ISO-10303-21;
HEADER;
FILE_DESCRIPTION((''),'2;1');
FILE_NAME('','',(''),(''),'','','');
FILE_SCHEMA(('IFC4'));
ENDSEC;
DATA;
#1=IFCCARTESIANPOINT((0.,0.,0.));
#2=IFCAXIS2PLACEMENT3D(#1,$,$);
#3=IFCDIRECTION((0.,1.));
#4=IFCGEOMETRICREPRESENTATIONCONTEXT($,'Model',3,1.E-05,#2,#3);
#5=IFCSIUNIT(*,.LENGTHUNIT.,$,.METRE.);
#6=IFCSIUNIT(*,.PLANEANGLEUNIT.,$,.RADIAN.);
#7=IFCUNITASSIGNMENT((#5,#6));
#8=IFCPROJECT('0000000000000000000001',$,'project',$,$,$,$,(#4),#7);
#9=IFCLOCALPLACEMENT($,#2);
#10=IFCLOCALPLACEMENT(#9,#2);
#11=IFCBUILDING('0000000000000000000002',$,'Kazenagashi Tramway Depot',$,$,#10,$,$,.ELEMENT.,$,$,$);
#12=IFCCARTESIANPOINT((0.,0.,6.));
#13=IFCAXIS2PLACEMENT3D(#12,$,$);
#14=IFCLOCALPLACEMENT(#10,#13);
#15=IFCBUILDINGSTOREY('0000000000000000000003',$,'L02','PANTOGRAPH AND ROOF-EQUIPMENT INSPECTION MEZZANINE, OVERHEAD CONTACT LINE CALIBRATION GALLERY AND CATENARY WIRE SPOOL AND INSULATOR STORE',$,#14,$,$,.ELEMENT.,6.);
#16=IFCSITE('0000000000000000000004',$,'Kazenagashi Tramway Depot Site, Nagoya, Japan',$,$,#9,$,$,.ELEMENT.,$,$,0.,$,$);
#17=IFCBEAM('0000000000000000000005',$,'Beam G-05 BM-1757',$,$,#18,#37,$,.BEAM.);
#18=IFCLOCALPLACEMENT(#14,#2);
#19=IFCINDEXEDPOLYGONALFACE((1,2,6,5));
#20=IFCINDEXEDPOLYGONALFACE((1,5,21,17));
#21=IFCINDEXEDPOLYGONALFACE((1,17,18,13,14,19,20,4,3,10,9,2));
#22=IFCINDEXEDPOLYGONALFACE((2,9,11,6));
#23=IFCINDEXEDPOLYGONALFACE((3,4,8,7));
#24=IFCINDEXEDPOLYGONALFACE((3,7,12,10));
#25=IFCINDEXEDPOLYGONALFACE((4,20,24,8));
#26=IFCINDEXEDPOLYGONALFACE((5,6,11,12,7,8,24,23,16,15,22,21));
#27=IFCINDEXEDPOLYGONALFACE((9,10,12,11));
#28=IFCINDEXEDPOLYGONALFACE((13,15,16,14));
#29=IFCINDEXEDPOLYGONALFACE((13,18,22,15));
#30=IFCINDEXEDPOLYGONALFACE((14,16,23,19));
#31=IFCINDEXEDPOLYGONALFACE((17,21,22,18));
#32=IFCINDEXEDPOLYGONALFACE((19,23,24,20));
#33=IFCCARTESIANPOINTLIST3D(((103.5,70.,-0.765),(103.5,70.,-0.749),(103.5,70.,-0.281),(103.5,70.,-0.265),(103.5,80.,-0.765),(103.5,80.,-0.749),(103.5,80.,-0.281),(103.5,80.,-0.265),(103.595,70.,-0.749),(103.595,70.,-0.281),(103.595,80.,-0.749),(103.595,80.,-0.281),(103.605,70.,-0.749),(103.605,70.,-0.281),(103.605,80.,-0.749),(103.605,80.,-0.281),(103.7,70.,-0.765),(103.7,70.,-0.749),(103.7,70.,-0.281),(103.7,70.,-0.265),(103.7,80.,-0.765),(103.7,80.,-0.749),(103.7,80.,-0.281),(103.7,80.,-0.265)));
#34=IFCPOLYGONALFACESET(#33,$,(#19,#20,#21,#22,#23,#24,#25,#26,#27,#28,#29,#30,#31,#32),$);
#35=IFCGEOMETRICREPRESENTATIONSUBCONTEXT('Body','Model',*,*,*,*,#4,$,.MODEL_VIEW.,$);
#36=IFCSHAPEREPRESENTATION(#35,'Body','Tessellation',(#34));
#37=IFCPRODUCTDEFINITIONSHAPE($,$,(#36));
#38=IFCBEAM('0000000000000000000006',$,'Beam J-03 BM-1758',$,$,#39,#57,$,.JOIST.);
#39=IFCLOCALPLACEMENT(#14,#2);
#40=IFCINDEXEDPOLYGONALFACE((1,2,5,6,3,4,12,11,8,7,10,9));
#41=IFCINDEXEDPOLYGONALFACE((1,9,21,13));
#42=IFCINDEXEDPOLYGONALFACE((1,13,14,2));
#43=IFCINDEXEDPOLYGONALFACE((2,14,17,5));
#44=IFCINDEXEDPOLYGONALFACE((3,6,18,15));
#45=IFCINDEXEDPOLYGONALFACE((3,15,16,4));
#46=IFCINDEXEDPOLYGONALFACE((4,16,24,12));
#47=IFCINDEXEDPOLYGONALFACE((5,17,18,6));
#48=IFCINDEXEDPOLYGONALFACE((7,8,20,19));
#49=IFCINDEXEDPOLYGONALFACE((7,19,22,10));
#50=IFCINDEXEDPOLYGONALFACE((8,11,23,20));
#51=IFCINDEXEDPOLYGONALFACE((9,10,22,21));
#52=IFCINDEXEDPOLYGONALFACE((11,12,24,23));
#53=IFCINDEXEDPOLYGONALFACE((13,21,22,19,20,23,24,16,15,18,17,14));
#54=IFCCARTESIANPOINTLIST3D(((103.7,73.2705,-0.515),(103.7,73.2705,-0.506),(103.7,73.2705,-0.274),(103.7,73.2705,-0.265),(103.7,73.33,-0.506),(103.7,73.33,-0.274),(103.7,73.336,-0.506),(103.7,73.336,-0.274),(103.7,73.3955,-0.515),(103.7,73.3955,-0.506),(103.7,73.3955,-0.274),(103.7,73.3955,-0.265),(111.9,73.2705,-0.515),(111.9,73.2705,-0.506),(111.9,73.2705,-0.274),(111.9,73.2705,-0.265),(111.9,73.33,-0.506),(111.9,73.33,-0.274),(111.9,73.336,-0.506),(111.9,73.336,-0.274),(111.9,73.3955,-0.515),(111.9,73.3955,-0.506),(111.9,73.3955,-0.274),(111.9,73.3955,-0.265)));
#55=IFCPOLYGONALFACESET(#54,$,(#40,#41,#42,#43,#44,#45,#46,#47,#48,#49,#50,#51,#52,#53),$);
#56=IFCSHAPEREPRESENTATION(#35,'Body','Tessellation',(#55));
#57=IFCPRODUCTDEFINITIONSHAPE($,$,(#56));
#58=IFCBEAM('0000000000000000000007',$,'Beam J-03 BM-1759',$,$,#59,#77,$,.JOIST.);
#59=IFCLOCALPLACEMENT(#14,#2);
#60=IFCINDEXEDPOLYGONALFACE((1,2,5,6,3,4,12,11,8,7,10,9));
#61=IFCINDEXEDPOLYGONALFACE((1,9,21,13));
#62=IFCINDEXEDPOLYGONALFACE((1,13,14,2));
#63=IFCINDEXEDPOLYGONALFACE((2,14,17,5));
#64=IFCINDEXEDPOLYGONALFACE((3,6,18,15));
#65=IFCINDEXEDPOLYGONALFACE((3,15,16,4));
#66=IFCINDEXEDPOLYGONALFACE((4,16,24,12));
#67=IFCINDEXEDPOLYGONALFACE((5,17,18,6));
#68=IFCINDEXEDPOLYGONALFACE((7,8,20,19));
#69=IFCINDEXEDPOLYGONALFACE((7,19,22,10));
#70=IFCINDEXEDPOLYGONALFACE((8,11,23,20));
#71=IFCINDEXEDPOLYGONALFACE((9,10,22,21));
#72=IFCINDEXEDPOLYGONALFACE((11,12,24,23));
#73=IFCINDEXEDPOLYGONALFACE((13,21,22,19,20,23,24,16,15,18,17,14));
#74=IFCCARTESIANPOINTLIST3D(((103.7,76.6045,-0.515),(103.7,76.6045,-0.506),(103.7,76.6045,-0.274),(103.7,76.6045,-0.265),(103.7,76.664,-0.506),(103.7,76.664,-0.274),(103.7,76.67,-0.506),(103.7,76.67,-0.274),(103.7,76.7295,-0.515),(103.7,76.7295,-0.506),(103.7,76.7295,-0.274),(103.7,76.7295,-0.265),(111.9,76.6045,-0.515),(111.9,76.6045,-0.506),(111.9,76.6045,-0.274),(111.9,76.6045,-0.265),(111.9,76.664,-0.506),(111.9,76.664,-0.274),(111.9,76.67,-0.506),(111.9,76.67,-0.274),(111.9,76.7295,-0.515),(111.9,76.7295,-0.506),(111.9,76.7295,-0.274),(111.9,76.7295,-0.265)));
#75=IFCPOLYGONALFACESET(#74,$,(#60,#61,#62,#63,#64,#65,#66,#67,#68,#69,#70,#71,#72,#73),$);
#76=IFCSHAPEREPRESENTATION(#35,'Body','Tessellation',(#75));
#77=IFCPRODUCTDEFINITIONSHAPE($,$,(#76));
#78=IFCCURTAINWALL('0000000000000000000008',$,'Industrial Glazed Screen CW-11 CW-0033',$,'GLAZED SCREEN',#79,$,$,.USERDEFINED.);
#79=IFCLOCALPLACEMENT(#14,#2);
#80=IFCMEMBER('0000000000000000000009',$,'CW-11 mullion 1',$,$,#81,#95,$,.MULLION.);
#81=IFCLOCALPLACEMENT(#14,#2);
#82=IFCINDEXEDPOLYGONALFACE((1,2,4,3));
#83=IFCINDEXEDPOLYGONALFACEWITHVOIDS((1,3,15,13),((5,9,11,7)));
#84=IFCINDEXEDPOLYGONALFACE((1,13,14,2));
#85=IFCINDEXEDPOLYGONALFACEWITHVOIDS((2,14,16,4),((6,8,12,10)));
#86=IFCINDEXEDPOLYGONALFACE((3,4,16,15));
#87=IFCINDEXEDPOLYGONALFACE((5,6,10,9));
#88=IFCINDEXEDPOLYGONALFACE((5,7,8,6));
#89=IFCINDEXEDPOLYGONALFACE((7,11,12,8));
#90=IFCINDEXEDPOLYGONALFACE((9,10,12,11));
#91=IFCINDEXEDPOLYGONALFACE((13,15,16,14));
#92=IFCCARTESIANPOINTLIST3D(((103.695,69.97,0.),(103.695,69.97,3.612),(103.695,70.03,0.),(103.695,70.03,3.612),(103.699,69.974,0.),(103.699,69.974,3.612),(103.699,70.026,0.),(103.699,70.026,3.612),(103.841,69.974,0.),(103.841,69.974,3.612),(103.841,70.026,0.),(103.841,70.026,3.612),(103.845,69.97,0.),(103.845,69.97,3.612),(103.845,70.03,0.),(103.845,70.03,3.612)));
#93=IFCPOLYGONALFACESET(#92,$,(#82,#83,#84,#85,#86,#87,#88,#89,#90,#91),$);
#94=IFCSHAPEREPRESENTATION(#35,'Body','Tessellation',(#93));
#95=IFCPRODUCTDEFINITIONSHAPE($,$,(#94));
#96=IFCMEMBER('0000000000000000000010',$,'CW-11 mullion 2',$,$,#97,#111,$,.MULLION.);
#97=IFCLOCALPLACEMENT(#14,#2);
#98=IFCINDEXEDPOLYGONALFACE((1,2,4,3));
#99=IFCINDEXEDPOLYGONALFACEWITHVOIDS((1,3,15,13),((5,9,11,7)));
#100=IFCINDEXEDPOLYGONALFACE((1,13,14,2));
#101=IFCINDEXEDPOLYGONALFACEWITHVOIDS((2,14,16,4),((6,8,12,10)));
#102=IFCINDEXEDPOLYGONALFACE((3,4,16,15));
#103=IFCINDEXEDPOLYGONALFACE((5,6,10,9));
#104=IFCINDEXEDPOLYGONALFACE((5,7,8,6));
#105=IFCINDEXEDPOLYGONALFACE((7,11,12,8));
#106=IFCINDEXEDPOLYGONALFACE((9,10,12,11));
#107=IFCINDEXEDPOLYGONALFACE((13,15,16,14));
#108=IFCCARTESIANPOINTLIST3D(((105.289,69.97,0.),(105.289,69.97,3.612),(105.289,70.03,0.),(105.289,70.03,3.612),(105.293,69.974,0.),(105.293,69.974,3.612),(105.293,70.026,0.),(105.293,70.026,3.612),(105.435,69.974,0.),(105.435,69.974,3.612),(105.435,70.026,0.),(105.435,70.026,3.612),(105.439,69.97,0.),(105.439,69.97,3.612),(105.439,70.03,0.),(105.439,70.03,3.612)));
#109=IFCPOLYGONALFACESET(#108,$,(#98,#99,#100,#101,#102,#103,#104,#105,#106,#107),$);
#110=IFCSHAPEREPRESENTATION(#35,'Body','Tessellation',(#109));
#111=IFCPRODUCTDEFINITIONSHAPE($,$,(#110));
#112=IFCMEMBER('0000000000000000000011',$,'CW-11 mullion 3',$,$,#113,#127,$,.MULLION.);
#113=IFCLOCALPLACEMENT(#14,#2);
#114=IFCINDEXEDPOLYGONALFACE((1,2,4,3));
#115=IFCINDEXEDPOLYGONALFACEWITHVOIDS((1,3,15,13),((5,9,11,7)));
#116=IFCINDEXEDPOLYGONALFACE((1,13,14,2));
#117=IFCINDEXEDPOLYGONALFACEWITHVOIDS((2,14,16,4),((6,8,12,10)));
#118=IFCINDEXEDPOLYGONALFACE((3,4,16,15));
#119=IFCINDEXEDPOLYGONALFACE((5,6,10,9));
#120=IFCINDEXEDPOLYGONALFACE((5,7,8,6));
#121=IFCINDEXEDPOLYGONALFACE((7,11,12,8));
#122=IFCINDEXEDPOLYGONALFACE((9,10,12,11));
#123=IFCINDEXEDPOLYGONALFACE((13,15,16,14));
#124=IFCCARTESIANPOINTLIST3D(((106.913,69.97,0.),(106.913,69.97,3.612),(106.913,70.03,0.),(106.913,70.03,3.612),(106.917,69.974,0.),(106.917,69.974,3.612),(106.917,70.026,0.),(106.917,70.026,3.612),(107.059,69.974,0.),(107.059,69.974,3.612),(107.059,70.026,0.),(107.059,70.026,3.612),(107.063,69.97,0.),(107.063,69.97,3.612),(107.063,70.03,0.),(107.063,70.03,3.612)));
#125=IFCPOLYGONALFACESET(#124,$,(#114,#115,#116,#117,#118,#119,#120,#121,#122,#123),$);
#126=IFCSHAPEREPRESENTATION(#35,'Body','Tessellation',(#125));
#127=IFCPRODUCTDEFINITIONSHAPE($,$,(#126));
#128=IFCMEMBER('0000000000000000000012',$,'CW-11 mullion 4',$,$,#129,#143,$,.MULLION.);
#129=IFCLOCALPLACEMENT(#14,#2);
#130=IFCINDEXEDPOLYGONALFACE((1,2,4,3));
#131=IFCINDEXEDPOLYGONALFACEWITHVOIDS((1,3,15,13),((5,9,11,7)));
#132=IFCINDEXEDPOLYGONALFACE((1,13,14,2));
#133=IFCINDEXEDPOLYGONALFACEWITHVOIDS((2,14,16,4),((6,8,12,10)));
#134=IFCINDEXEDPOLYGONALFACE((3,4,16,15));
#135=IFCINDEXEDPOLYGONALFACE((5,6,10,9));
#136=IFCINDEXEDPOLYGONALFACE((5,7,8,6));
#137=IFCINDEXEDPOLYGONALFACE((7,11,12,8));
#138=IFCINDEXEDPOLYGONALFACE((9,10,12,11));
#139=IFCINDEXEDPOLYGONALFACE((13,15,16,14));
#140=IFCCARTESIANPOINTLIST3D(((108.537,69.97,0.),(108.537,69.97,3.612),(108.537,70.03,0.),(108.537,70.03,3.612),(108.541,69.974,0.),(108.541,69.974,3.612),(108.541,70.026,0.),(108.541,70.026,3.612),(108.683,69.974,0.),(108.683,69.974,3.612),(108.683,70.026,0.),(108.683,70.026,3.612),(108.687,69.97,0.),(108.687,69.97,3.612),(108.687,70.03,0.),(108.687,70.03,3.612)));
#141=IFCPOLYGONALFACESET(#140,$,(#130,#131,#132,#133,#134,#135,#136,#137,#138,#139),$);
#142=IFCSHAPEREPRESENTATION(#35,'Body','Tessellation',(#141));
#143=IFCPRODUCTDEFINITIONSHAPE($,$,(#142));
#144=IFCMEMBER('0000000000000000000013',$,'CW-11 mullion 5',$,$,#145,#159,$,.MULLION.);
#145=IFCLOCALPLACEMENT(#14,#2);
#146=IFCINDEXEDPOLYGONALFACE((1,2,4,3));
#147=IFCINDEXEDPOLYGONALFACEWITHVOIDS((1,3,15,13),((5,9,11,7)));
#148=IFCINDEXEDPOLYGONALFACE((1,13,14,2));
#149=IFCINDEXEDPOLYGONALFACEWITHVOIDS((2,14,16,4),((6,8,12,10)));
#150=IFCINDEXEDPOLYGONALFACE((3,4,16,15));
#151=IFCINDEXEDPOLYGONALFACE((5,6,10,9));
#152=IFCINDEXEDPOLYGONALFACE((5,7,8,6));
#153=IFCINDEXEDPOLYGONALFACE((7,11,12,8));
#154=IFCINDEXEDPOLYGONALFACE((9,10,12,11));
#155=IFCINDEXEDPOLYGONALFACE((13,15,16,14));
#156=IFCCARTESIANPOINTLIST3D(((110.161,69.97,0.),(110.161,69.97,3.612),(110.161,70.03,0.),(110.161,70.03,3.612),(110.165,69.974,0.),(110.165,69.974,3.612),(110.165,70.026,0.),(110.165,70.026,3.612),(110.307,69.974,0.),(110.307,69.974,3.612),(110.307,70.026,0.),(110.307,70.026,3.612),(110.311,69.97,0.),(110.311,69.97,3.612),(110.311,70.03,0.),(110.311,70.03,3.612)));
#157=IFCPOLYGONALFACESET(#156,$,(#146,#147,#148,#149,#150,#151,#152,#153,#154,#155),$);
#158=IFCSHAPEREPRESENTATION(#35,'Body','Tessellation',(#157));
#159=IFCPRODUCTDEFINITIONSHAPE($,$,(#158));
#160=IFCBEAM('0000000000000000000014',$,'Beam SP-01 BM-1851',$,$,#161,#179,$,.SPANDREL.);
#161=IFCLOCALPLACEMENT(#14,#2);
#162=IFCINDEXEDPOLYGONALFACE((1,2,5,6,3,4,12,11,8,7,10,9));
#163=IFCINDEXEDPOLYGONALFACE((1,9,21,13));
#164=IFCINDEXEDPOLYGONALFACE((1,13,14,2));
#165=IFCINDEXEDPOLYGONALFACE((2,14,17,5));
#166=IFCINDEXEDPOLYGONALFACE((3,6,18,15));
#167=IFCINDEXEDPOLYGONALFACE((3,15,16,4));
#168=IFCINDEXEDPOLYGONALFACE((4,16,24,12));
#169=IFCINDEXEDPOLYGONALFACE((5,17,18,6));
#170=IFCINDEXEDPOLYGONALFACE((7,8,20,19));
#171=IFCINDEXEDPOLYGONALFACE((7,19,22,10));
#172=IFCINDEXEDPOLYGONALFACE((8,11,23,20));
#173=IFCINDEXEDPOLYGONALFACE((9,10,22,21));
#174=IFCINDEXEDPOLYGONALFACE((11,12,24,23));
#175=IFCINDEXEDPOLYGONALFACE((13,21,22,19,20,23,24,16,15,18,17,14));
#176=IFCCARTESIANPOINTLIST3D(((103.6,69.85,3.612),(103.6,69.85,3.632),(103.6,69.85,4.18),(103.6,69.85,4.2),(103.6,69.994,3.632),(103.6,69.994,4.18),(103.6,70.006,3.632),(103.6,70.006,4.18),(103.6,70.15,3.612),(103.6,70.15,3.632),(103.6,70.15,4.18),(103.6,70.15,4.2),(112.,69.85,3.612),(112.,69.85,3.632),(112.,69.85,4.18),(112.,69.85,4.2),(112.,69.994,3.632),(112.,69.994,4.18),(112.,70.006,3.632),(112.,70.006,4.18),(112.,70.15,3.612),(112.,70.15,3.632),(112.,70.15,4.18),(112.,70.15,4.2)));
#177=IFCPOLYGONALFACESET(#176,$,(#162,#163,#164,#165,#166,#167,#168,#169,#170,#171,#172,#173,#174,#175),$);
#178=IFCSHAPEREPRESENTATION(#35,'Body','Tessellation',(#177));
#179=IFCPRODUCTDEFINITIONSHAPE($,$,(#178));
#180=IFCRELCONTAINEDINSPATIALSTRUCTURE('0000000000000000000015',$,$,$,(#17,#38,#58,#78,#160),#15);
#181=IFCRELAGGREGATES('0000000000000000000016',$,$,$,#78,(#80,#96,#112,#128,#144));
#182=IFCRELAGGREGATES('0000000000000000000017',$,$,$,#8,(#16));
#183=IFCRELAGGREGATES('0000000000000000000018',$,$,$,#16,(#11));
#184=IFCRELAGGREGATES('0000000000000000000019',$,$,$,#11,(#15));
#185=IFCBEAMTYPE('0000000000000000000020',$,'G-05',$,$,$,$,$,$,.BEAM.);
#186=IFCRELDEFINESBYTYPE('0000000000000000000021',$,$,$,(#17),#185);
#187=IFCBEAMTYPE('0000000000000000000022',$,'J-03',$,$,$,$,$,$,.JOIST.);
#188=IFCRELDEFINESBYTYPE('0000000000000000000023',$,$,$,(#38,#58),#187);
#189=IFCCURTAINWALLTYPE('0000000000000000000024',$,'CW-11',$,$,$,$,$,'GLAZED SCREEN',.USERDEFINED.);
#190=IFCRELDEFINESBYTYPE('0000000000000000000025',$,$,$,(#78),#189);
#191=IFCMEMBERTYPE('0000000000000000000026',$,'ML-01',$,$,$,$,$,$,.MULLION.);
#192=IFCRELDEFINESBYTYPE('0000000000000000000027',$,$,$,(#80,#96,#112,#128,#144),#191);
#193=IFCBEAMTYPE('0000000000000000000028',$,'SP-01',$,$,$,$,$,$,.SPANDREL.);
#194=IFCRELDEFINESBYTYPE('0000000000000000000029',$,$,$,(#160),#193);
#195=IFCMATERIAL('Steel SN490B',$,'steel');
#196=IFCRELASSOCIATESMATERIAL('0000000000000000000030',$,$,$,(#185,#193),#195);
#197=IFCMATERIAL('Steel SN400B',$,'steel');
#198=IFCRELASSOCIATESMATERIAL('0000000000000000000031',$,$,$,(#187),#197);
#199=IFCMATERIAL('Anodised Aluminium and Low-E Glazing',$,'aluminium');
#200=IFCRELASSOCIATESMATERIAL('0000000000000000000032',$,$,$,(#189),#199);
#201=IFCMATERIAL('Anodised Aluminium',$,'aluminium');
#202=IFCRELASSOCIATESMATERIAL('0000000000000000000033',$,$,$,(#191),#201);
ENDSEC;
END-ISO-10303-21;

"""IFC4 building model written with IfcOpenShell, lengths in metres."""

from ifc_helpers import new_model, si_unit, direction, frame, origin, origin_2d, place, context, subcontext, project, spatial, hollow_rectangle, i_section, extrude, material, material_profile, profile_set, type_object, element, aggregate, save


model = new_model("IFC4")

# Units and contexts
model_context = context("Model", 3, precision=1e-05, world=origin(), true_north=direction((0.0, 1.0)))
body_context = subcontext(model_context, "Body", "Model", "MODEL_VIEW")
ifc_project = project(units=[si_unit("LENGTHUNIT", "METRE"), si_unit("PLANEANGLEUNIT", "RADIAN")], contexts=[model_context])

# Site, building, storey
site_placement = place(None, origin())
site = spatial("IfcSite", under=ifc_project, at=site_placement, Name="Kazenagashi Tramway Depot Site, Nagoya, Japan", CompositionType="ELEMENT", RefElevation=0.0)
building_placement = place(site_placement, origin())
building = spatial("IfcBuilding", under=site, at=building_placement, Name="Kazenagashi Tramway Depot", CompositionType="ELEMENT")
storey_placement = place(building_placement, frame((0.0, 0.0, 6.0)))
storey = spatial("IfcBuildingStorey", under=building, at=storey_placement, Name="L02", Description="PANTOGRAPH AND ROOF-EQUIPMENT INSPECTION MEZZANINE, OVERHEAD CONTACT LINE CALIBRATION GALLERY AND CATENARY WIRE SPOOL AND INSULATOR STORE", CompositionType="ELEMENT", Elevation=6.0)

# Beams
ifc_material_1 = material(Name="Steel SN490B", Category="steel")
ifc_material_profile_1 = material_profile(ifc_material_1, i_section(OverallWidth=0.2, OverallDepth=0.5, WebThickness=0.01, FlangeThickness=0.016, at=origin_2d()), Name="H-500x200x10x16")
ifc_profile_set_1 = profile_set([ifc_material_profile_1], Name="Steel SN490B")
beam_type_1 = type_object("IfcBeamType", Name="G-05", PredefinedType="BEAM", material=ifc_profile_set_1)
beam_1_placement = place(storey_placement, frame((103.6, 70.0, -0.515), z_axis=(0.0, 1.0, 0.0), x_axis=(-1.0, 0.0, 0.0)))
element("IfcBeam", 1, at=beam_1_placement, inside=storey, type_object=beam_type_1, Name="Beam G-05 BM-1757", PredefinedType="BEAM", context=body_context, shape_type="SweptSolid", body=[
    extrude(i_section(OverallWidth=0.2, OverallDepth=0.5, WebThickness=0.01, FlangeThickness=0.016, at=origin_2d()), origin(), (0.0, 0.0, 1.0), 10.0),
])
ifc_material_2 = material(Name="Steel SN400B", Category="steel")
ifc_material_profile_2 = material_profile(ifc_material_2, i_section(OverallWidth=0.125, OverallDepth=0.25, WebThickness=0.006, FlangeThickness=0.009, at=origin_2d()), Name="H-250x125x6x9")
ifc_profile_set_2 = profile_set([ifc_material_profile_2], Name="Steel SN400B")
beam_type_2 = type_object("IfcBeamType", Name="J-03", PredefinedType="JOIST", material=ifc_profile_set_2)
for number, where, z_axis, x_axis, name in (
    (2, (103.7, 73.333, -0.39), (1.0, 0.0, 0.0), (0.0, 1.0, 0.0), "Beam J-03 BM-1758"),
    (3, (103.7, 76.667, -0.39), (1.0, 0.0, 0.0), (0.0, 1.0, 0.0), "Beam J-03 BM-1759"),
):
    element("IfcBeam", number, at=place(storey_placement, frame(where, z_axis=z_axis, x_axis=x_axis)), inside=storey, type_object=beam_type_2, Name=name, PredefinedType="JOIST", context=body_context, shape_type="SweptSolid", body=[
        extrude(i_section(OverallWidth=0.125, OverallDepth=0.25, WebThickness=0.006, FlangeThickness=0.009, at=origin_2d()), origin(), (0.0, 0.0, 1.0), 8.2),
    ])

# Curtain wall, members
ifc_material_3 = material(Name="Anodised Aluminium and Low-E Glazing", Category="aluminium")
curtain_wall_type = type_object("IfcCurtainWallType", Name="CW-11", ElementType="GLAZED SCREEN", PredefinedType="USERDEFINED", material=ifc_material_3)
curtain_wall_placement = place(storey_placement, origin())
curtain_wall = element("IfcCurtainWall", 4, at=curtain_wall_placement, inside=storey, type_object=curtain_wall_type, Name="Industrial Glazed Screen CW-11 CW-0033", ObjectType="GLAZED SCREEN", PredefinedType="USERDEFINED")
ifc_material_4 = material(Name="Anodised Aluminium", Category="aluminium")
ifc_material_profile_3 = material_profile(ifc_material_4, hollow_rectangle(XDim=0.06, YDim=0.15, WallThickness=0.004, at=origin_2d()), Name="RHS-150x60x4")
ifc_profile_set_3 = profile_set([ifc_material_profile_3], Name="Anodised Aluminium")
member_type_1 = type_object("IfcMemberType", Name="ML-01", PredefinedType="MULLION", material=ifc_profile_set_3)
member_1_placement = place(storey_placement, frame((103.77, 70.0, 0.0), z_axis=(0.0, 0.0, 1.0), x_axis=(0.0, 1.0, 0.0)))
member_1 = element("IfcMember", 5, at=member_1_placement, type_object=member_type_1, Name="CW-11 mullion 1", PredefinedType="MULLION", context=body_context, shape_type="SweptSolid", body=[
    extrude(hollow_rectangle(XDim=0.06, YDim=0.15, WallThickness=0.004, at=origin_2d()), origin(), (0.0, 0.0, 1.0), 3.612),
])
member_2_placement = place(storey_placement, frame((105.364, 70.0, 0.0), z_axis=(0.0, 0.0, 1.0), x_axis=(0.0, 1.0, 0.0)))
member_2 = element("IfcMember", 6, at=member_2_placement, type_object=member_type_1, Name="CW-11 mullion 2", PredefinedType="MULLION", context=body_context, shape_type="SweptSolid", body=[
    extrude(hollow_rectangle(XDim=0.06, YDim=0.15, WallThickness=0.004, at=origin_2d()), origin(), (0.0, 0.0, 1.0), 3.612),
])
member_3_placement = place(storey_placement, frame((106.988, 70.0, 0.0), z_axis=(0.0, 0.0, 1.0), x_axis=(0.0, 1.0, 0.0)))
member_3 = element("IfcMember", 7, at=member_3_placement, type_object=member_type_1, Name="CW-11 mullion 3", PredefinedType="MULLION", context=body_context, shape_type="SweptSolid", body=[
    extrude(hollow_rectangle(XDim=0.06, YDim=0.15, WallThickness=0.004, at=origin_2d()), origin(), (0.0, 0.0, 1.0), 3.612),
])
member_4_placement = place(storey_placement, frame((108.612, 70.0, 0.0), z_axis=(0.0, 0.0, 1.0), x_axis=(0.0, 1.0, 0.0)))
member_4 = element("IfcMember", 8, at=member_4_placement, type_object=member_type_1, Name="CW-11 mullion 4", PredefinedType="MULLION", context=body_context, shape_type="SweptSolid", body=[
    extrude(hollow_rectangle(XDim=0.06, YDim=0.15, WallThickness=0.004, at=origin_2d()), origin(), (0.0, 0.0, 1.0), 3.612),
])
member_5_placement = place(storey_placement, frame((110.236, 70.0, 0.0), z_axis=(0.0, 0.0, 1.0), x_axis=(0.0, 1.0, 0.0)))
member_5 = element("IfcMember", 9, at=member_5_placement, type_object=member_type_1, Name="CW-11 mullion 5", PredefinedType="MULLION", context=body_context, shape_type="SweptSolid", body=[
    extrude(hollow_rectangle(XDim=0.06, YDim=0.15, WallThickness=0.004, at=origin_2d()), origin(), (0.0, 0.0, 1.0), 3.612),
])

# Beam
ifc_material_profile_4 = material_profile(ifc_material_1, i_section(OverallWidth=0.3, OverallDepth=0.588, WebThickness=0.012, FlangeThickness=0.02, at=origin_2d()), Name="H-588x300x12x20")
ifc_profile_set_4 = profile_set([ifc_material_profile_4], Name="Steel SN490B")
beam_type_3 = type_object("IfcBeamType", Name="SP-01", PredefinedType="SPANDREL", material=ifc_profile_set_4)
beam_2_placement = place(storey_placement, frame((103.6, 70.0, 3.906), z_axis=(1.0, 0.0, 0.0), x_axis=(0.0, 1.0, 0.0)))
element("IfcBeam", 10, at=beam_2_placement, inside=storey, type_object=beam_type_3, Name="Beam SP-01 BM-1851", PredefinedType="SPANDREL", context=body_context, shape_type="SweptSolid", body=[
    extrude(i_section(OverallWidth=0.3, OverallDepth=0.588, WebThickness=0.012, FlangeThickness=0.02, at=origin_2d()), origin(), (0.0, 0.0, 1.0), 8.4),
])

aggregate(curtain_wall, [member_1, member_2, member_3, member_4, member_5])

save(model, "model.ifc")
